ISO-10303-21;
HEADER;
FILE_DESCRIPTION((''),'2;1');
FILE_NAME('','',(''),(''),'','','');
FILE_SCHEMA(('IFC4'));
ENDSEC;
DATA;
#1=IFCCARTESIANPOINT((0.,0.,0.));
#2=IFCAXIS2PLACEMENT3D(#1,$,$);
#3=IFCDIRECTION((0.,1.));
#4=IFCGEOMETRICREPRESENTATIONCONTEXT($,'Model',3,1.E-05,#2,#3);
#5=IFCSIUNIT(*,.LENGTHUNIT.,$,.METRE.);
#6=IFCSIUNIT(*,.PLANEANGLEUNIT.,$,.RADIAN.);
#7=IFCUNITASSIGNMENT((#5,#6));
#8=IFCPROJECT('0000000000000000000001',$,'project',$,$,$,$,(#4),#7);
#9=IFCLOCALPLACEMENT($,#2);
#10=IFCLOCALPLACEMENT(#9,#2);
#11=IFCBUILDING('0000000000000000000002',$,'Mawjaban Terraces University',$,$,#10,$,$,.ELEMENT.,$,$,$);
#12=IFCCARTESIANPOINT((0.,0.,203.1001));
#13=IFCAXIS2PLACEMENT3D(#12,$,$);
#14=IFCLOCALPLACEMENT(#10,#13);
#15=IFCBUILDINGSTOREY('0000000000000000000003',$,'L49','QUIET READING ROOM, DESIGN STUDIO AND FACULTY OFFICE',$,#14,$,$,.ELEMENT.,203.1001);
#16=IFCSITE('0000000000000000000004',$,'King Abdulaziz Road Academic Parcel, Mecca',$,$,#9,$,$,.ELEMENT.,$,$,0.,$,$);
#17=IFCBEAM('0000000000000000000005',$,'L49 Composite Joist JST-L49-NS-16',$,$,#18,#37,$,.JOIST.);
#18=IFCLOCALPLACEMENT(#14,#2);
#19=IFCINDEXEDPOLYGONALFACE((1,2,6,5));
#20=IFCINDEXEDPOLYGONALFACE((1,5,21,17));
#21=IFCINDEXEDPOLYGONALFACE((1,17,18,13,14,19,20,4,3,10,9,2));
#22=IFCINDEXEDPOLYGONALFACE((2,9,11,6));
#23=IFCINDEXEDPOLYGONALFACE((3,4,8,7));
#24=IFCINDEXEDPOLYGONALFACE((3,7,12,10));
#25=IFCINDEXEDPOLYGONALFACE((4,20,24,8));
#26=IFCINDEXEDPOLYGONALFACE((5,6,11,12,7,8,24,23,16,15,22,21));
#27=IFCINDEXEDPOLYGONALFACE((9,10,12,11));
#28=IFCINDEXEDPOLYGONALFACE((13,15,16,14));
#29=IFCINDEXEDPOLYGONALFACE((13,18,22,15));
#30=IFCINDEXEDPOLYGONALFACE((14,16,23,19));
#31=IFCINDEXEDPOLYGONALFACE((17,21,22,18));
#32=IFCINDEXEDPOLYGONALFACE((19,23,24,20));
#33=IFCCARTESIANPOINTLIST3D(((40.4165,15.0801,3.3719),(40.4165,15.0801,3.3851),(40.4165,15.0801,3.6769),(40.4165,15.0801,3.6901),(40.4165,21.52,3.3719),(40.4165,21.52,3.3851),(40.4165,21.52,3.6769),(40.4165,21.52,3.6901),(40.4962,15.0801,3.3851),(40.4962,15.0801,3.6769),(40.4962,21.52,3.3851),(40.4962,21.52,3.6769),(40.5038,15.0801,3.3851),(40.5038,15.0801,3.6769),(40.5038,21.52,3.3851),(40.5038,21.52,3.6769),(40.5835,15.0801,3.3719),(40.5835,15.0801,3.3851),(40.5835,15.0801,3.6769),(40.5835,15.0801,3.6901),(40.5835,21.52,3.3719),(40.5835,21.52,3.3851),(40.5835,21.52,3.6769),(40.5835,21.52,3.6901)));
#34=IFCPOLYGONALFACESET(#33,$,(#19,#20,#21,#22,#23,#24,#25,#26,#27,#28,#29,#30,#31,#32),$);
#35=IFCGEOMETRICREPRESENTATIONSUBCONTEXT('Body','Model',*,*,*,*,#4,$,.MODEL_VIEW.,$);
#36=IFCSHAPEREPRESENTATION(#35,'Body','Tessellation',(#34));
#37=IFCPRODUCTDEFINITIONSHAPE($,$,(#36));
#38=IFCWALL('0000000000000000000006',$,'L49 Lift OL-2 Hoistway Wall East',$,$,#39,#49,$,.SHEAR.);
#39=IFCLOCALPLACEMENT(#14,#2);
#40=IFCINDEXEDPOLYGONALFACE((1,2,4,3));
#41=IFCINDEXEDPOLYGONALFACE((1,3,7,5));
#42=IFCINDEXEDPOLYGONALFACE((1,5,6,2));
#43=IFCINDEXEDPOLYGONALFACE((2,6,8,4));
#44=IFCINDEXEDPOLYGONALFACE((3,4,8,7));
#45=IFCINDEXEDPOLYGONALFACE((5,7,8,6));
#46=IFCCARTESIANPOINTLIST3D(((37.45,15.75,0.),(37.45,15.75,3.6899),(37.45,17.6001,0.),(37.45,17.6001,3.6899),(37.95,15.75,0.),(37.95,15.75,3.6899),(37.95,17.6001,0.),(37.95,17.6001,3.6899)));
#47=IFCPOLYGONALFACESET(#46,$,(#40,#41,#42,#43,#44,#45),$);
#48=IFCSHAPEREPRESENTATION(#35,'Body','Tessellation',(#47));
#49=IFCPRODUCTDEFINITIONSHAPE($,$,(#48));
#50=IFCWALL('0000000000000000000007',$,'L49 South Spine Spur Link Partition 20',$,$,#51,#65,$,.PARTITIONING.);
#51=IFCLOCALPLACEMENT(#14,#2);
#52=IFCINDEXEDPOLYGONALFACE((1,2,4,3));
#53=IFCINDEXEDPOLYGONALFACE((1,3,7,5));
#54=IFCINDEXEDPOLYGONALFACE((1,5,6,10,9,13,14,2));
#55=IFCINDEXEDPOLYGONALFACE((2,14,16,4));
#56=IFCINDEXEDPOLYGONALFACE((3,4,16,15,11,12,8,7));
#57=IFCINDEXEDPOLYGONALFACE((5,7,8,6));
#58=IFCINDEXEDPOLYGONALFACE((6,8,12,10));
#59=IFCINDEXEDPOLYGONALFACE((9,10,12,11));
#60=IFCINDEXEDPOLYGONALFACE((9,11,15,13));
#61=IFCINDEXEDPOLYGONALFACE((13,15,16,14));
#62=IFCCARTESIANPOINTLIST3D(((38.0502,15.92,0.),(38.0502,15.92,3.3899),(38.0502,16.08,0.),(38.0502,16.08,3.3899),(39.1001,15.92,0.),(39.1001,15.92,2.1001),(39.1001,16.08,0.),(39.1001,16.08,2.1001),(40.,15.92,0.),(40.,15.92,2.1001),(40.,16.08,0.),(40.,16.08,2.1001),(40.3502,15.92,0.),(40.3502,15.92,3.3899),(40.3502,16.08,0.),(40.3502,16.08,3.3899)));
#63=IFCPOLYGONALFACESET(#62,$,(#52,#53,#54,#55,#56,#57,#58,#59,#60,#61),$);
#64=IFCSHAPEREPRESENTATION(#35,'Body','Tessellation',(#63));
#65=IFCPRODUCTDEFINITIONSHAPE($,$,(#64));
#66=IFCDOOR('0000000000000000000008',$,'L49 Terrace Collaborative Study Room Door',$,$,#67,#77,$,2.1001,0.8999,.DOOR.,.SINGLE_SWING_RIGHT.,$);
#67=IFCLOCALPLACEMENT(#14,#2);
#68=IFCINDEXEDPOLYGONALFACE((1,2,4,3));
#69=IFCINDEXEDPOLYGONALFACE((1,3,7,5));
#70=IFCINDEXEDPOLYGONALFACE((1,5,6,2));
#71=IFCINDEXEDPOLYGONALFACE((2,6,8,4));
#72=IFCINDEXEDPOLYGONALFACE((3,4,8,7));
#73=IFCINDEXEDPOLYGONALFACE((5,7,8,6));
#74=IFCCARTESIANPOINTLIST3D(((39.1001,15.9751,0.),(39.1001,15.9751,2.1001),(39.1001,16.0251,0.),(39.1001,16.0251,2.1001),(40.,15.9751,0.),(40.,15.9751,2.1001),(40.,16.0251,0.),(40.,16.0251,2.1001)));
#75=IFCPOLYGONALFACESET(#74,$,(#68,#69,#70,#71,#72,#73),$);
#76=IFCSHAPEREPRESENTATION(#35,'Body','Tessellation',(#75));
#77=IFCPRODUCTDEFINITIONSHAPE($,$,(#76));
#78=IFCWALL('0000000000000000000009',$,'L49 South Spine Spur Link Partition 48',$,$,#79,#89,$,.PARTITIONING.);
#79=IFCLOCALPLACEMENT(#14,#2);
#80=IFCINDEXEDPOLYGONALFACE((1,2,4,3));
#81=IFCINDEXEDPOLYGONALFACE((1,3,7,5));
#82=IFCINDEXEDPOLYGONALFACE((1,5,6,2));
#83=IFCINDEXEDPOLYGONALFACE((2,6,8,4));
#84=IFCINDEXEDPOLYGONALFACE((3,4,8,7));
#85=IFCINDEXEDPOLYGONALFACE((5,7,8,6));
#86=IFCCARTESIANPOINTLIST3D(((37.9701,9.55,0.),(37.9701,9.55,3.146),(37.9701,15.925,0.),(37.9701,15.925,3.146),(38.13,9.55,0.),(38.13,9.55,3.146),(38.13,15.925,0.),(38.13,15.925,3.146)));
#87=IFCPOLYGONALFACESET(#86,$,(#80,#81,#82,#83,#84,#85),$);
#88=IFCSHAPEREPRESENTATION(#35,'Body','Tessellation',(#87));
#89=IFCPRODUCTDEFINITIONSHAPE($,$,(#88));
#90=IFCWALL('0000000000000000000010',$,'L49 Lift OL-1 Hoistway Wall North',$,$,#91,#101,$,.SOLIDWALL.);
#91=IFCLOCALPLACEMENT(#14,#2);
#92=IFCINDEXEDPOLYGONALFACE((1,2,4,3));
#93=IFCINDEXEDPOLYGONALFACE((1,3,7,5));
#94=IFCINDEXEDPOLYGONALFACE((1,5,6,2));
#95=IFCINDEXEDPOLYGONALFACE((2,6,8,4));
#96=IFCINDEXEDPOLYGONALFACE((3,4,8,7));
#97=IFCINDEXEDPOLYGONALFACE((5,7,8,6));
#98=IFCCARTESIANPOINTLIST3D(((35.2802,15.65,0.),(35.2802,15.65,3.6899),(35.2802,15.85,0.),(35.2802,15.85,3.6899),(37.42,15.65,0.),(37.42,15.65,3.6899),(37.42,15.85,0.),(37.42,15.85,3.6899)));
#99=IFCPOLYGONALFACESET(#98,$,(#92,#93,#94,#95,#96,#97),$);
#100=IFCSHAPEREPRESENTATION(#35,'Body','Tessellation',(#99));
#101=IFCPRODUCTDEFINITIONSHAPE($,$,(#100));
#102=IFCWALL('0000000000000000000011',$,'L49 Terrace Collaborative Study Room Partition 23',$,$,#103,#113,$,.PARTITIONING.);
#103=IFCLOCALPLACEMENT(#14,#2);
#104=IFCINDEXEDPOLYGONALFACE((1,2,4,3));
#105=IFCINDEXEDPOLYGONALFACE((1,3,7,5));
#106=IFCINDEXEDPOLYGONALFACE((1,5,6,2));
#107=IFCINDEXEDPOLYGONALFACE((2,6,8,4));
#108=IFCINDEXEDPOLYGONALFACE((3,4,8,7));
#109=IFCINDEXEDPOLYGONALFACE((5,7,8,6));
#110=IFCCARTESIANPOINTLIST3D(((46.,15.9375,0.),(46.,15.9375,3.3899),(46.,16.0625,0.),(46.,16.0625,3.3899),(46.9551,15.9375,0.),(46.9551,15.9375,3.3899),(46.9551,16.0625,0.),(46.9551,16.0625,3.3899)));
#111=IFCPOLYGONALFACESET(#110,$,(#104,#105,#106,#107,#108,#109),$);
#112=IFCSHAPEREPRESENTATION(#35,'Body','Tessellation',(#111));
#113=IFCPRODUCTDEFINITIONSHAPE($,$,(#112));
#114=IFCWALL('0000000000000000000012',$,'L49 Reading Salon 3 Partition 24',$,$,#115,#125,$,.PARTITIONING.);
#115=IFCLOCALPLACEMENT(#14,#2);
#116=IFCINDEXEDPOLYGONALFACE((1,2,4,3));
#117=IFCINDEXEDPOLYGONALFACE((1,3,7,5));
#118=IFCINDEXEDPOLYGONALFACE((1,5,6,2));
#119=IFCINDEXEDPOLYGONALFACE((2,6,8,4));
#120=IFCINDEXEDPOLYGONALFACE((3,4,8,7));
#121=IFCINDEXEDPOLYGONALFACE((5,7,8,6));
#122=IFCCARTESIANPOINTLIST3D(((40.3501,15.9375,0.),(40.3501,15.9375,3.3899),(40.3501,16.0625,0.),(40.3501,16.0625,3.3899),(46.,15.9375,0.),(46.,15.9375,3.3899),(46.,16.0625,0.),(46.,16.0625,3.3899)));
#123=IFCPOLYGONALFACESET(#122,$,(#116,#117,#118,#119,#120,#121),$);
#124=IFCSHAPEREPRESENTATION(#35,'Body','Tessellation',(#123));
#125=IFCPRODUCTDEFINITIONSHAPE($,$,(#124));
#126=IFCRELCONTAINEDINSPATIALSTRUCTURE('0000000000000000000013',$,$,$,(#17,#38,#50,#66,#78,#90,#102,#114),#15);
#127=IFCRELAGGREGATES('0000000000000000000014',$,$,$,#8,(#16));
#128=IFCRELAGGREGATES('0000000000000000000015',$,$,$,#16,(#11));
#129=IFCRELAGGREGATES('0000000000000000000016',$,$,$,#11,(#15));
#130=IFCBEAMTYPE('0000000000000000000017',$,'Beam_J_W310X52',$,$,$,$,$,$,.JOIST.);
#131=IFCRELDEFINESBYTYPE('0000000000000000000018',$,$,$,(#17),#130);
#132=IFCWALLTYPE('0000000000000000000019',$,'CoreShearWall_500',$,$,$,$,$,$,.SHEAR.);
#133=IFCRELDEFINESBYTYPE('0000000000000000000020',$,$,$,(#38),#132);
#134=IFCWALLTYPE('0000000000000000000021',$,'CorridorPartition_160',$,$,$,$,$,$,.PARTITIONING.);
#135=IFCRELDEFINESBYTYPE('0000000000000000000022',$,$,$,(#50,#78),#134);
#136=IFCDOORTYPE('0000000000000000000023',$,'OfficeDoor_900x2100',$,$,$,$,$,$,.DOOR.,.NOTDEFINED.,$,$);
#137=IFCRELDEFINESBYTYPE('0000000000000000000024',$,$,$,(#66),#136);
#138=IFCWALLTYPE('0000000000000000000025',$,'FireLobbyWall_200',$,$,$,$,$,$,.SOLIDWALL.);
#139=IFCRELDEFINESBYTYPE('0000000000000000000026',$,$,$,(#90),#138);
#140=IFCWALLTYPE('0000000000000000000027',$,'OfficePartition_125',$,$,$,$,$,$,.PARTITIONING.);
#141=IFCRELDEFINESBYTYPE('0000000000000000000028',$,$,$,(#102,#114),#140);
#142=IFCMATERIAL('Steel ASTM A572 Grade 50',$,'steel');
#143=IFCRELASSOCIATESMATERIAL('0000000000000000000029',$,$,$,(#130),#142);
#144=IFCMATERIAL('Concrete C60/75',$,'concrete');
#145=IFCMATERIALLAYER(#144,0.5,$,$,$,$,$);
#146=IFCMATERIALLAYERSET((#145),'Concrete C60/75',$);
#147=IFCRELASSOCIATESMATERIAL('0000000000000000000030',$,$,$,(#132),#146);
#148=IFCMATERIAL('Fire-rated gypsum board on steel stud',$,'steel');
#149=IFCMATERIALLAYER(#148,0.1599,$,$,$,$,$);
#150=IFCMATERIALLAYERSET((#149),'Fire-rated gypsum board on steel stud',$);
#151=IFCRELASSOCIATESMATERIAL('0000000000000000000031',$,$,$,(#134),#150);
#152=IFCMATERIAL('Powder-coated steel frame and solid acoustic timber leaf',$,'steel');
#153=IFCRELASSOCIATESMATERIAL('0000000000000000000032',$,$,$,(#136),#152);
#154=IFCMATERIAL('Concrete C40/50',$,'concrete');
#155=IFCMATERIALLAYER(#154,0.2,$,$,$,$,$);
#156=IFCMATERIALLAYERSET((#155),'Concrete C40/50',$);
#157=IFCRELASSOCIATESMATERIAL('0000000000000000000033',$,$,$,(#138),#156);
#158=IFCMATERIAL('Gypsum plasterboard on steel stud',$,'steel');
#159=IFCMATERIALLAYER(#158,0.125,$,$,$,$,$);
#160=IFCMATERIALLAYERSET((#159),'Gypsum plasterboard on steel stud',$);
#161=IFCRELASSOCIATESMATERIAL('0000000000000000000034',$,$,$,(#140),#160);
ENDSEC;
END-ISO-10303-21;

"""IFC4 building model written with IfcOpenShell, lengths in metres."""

from ifc_helpers import new_model, si_unit, direction, frame, frame_2d, origin, origin_2d, place, context, subcontext, project, spatial, rectangle, i_section, extrude, material, layer, layer_set, material_profile, profile_set, type_object, element, fill, save


model = new_model("IFC4")

# Units and contexts
model_context = context("Model", 3, precision=1e-05, world=origin(), true_north=direction((0.0, 1.0)))
body_context = subcontext(model_context, "Body", "Model", "MODEL_VIEW")
ifc_project = project(units=[si_unit("LENGTHUNIT", "METRE"), si_unit("PLANEANGLEUNIT", "RADIAN")], contexts=[model_context])

# Site, building, storey
site_placement = place(None, origin())
site = spatial("IfcSite", under=ifc_project, at=site_placement, Name="King Abdulaziz Road Academic Parcel, Mecca", CompositionType="ELEMENT", RefElevation=0.0)
building_placement = place(site_placement, origin())
building = spatial("IfcBuilding", under=site, at=building_placement, Name="Mawjaban Terraces University", CompositionType="ELEMENT")
storey_placement = place(building_placement, frame((0.0, 0.0, 203.1001)))
storey = spatial("IfcBuildingStorey", under=building, at=storey_placement, Name="L49", Description="QUIET READING ROOM, DESIGN STUDIO AND FACULTY OFFICE", CompositionType="ELEMENT", Elevation=203.1001)

# Shared definitions
ifc_material_1 = material(Name="Concrete C60/75", Category="concrete")

# Beam
ifc_material_2 = material(Name="Steel ASTM A572 Grade 50", Category="steel")
ifc_material_profile_1 = material_profile(ifc_material_2, i_section(OverallWidth=0.167, OverallDepth=0.3181, WebThickness=0.0076, FlangeThickness=0.0132, at=origin_2d()), Name="W310X52")
ifc_profile_set_1 = profile_set([ifc_material_profile_1], Name="Steel ASTM A572 Grade 50")
beam_type_1 = type_object("IfcBeamType", Name="Beam_J_W310X52", PredefinedType="JOIST", material=ifc_profile_set_1)
beam_1_placement = place(storey_placement, frame((40.5, 15.0801, 3.531), z_axis=(0.0, 1.0, 0.0), x_axis=(-1.0, 0.0, 0.0)))
element("IfcBeam", 1, at=beam_1_placement, inside=storey, type_object=beam_type_1, Name="L49 Composite Joist JST-L49-NS-16", PredefinedType="JOIST", context=body_context, shape_type="SweptSolid", body=[
    extrude(i_section(OverallWidth=0.167, OverallDepth=0.3181, WebThickness=0.0076, FlangeThickness=0.0132, at=origin_2d()), origin(), (0.0, 0.0, 1.0), 6.4399),
])

# Wall
ifc_layer_1 = layer(ifc_material_1, 0.5)
ifc_layer_set_1 = layer_set([ifc_layer_1], Name="Concrete C60/75")
wall_type_1 = type_object("IfcWallType", Name="CoreShearWall_500", PredefinedType="SHEAR", material=ifc_layer_set_1)
wall_1_placement = place(storey_placement, frame((37.7, 15.75, 0.0), z_axis=(0.0, 0.0, 1.0), x_axis=(0.0, 1.0, 0.0)))
element("IfcWall", 2, at=wall_1_placement, inside=storey, type_object=wall_type_1, Name="L49 Lift OL-2 Hoistway Wall East", PredefinedType="SHEAR", context=body_context, shape_type="SweptSolid", body=[
    extrude(rectangle(XDim=1.8501, YDim=0.5, at=frame_2d((0.925, 0.0))), origin(), (0.0, 0.0, 1.0), 3.6899),
])

# Wall, opening, door
ifc_material_3 = material(Name="Fire-rated gypsum board on steel stud", Category="steel")
ifc_layer_2 = layer(ifc_material_3, 0.1599)
ifc_layer_set_2 = layer_set([ifc_layer_2], Name="Fire-rated gypsum board on steel stud")
wall_type_2 = type_object("IfcWallType", Name="CorridorPartition_160", PredefinedType="PARTITIONING", material=ifc_layer_set_2)
wall_2_placement = place(storey_placement, frame((40.3501, 16.0, 0.0), z_axis=(0.0, 0.0, 1.0), x_axis=(-1.0, 0.0, 0.0)))
wall_2 = element("IfcWall", 3, at=wall_2_placement, inside=storey, type_object=wall_type_2, Name="L49 South Spine Spur Link Partition 20", PredefinedType="PARTITIONING", context=body_context, shape_type="SweptSolid", body=[
    extrude(rectangle(XDim=2.3, YDim=0.1599, at=frame_2d((1.1499, 0.0))), origin(), (0.0, 0.0, 1.0), 3.3899),
])
opening_placement = place(wall_2_placement, frame((0.3501, 0.0, 0.0)))
opening = element("IfcOpeningElement", 4, at=opening_placement, cuts=wall_2, PredefinedType="OPENING", context=body_context, shape_type="SweptSolid", body=[
    extrude(rectangle(XDim=0.8999, YDim=2.1001, at=frame_2d((0.45, 1.05))), frame((0.0, 0.0898, 0.0), z_axis=(0.0, -1.0, 0.0), x_axis=(1.0, 0.0, 0.0)), (0.0, 0.0, 1.0), 0.1799),
])
ifc_material_4 = material(Name="Powder-coated steel frame and solid acoustic timber leaf", Category="steel")
door_type = type_object("IfcDoorType", Name="OfficeDoor_900x2100", OperationType="NOTDEFINED", PredefinedType="DOOR", material=ifc_material_4)
door_placement = place(opening_placement, origin())
door = element("IfcDoor", 5, at=door_placement, inside=storey, type_object=door_type, Name="L49 Terrace Collaborative Study Room Door", OperationType="SINGLE_SWING_RIGHT", OverallHeight=2.1001, OverallWidth=0.8999, PredefinedType="DOOR", context=body_context, shape_type="SweptSolid", body=[
    extrude(rectangle(XDim=0.8999, YDim=2.1001, at=frame_2d((0.45, 1.05))), frame((0.0, 0.0249, 0.0), z_axis=(0.0, -1.0, 0.0), x_axis=(1.0, 0.0, 0.0)), (0.0, 0.0, 1.0), 0.05),
])
fill(opening, door)

# Walls
wall_3_placement = place(storey_placement, frame((38.05, 15.925, 0.0), z_axis=(0.0, 0.0, 1.0), x_axis=(0.0, -1.0, 0.0)))
element("IfcWall", 6, at=wall_3_placement, inside=storey, type_object=wall_type_2, Name="L49 South Spine Spur Link Partition 48", PredefinedType="PARTITIONING", context=body_context, shape_type="SweptSolid", body=[
    extrude(rectangle(XDim=6.375, YDim=0.1599, at=frame_2d((3.1875, 0.0))), origin(), (0.0, 0.0, 1.0), 3.146),
])
ifc_material_5 = material(Name="Concrete C40/50", Category="concrete")
ifc_layer_3 = layer(ifc_material_5, 0.2)
ifc_layer_set_3 = layer_set([ifc_layer_3], Name="Concrete C40/50")
wall_type_3 = type_object("IfcWallType", Name="FireLobbyWall_200", PredefinedType="SOLIDWALL", material=ifc_layer_set_3)
wall_4_placement = place(storey_placement, frame((37.4199, 15.75, 0.0), z_axis=(0.0, 0.0, 1.0), x_axis=(-1.0, 0.0, 0.0)))
element("IfcWall", 7, at=wall_4_placement, inside=storey, type_object=wall_type_3, Name="L49 Lift OL-1 Hoistway Wall North", PredefinedType="SOLIDWALL", context=body_context, shape_type="SweptSolid", body=[
    extrude(rectangle(XDim=2.1399, YDim=0.2, at=frame_2d((1.0698, 0.0))), origin(), (0.0, 0.0, 1.0), 3.6899),
])
ifc_material_6 = material(Name="Gypsum plasterboard on steel stud", Category="steel")
ifc_layer_4 = layer(ifc_material_6, 0.125)
ifc_layer_set_4 = layer_set([ifc_layer_4], Name="Gypsum plasterboard on steel stud")
wall_type_4 = type_object("IfcWallType", Name="OfficePartition_125", PredefinedType="PARTITIONING", material=ifc_layer_set_4)
wall_5_placement = place(storey_placement, frame((46.0, 16.0, 0.0), z_axis=(0.0, 0.0, 1.0), x_axis=(1.0, 0.0, 0.0)))
element("IfcWall", 8, at=wall_5_placement, inside=storey, type_object=wall_type_4, Name="L49 Terrace Collaborative Study Room Partition 23", PredefinedType="PARTITIONING", context=body_context, shape_type="SweptSolid", body=[
    extrude(rectangle(XDim=0.9551, YDim=0.125, at=frame_2d((0.4775, 0.0))), origin(), (0.0, 0.0, 1.0), 3.3899),
])
wall_6_placement = place(storey_placement, frame((46.0, 16.0, 0.0), z_axis=(0.0, 0.0, 1.0), x_axis=(-1.0, 0.0, 0.0)))
element("IfcWall", 9, at=wall_6_placement, inside=storey, type_object=wall_type_4, Name="L49 Reading Salon 3 Partition 24", PredefinedType="PARTITIONING", context=body_context, shape_type="SweptSolid", body=[
    extrude(rectangle(XDim=5.6499, YDim=0.125, at=frame_2d((2.825, 0.0))), origin(), (0.0, 0.0, 1.0), 3.3899),
])

save(model, "model.ifc")
